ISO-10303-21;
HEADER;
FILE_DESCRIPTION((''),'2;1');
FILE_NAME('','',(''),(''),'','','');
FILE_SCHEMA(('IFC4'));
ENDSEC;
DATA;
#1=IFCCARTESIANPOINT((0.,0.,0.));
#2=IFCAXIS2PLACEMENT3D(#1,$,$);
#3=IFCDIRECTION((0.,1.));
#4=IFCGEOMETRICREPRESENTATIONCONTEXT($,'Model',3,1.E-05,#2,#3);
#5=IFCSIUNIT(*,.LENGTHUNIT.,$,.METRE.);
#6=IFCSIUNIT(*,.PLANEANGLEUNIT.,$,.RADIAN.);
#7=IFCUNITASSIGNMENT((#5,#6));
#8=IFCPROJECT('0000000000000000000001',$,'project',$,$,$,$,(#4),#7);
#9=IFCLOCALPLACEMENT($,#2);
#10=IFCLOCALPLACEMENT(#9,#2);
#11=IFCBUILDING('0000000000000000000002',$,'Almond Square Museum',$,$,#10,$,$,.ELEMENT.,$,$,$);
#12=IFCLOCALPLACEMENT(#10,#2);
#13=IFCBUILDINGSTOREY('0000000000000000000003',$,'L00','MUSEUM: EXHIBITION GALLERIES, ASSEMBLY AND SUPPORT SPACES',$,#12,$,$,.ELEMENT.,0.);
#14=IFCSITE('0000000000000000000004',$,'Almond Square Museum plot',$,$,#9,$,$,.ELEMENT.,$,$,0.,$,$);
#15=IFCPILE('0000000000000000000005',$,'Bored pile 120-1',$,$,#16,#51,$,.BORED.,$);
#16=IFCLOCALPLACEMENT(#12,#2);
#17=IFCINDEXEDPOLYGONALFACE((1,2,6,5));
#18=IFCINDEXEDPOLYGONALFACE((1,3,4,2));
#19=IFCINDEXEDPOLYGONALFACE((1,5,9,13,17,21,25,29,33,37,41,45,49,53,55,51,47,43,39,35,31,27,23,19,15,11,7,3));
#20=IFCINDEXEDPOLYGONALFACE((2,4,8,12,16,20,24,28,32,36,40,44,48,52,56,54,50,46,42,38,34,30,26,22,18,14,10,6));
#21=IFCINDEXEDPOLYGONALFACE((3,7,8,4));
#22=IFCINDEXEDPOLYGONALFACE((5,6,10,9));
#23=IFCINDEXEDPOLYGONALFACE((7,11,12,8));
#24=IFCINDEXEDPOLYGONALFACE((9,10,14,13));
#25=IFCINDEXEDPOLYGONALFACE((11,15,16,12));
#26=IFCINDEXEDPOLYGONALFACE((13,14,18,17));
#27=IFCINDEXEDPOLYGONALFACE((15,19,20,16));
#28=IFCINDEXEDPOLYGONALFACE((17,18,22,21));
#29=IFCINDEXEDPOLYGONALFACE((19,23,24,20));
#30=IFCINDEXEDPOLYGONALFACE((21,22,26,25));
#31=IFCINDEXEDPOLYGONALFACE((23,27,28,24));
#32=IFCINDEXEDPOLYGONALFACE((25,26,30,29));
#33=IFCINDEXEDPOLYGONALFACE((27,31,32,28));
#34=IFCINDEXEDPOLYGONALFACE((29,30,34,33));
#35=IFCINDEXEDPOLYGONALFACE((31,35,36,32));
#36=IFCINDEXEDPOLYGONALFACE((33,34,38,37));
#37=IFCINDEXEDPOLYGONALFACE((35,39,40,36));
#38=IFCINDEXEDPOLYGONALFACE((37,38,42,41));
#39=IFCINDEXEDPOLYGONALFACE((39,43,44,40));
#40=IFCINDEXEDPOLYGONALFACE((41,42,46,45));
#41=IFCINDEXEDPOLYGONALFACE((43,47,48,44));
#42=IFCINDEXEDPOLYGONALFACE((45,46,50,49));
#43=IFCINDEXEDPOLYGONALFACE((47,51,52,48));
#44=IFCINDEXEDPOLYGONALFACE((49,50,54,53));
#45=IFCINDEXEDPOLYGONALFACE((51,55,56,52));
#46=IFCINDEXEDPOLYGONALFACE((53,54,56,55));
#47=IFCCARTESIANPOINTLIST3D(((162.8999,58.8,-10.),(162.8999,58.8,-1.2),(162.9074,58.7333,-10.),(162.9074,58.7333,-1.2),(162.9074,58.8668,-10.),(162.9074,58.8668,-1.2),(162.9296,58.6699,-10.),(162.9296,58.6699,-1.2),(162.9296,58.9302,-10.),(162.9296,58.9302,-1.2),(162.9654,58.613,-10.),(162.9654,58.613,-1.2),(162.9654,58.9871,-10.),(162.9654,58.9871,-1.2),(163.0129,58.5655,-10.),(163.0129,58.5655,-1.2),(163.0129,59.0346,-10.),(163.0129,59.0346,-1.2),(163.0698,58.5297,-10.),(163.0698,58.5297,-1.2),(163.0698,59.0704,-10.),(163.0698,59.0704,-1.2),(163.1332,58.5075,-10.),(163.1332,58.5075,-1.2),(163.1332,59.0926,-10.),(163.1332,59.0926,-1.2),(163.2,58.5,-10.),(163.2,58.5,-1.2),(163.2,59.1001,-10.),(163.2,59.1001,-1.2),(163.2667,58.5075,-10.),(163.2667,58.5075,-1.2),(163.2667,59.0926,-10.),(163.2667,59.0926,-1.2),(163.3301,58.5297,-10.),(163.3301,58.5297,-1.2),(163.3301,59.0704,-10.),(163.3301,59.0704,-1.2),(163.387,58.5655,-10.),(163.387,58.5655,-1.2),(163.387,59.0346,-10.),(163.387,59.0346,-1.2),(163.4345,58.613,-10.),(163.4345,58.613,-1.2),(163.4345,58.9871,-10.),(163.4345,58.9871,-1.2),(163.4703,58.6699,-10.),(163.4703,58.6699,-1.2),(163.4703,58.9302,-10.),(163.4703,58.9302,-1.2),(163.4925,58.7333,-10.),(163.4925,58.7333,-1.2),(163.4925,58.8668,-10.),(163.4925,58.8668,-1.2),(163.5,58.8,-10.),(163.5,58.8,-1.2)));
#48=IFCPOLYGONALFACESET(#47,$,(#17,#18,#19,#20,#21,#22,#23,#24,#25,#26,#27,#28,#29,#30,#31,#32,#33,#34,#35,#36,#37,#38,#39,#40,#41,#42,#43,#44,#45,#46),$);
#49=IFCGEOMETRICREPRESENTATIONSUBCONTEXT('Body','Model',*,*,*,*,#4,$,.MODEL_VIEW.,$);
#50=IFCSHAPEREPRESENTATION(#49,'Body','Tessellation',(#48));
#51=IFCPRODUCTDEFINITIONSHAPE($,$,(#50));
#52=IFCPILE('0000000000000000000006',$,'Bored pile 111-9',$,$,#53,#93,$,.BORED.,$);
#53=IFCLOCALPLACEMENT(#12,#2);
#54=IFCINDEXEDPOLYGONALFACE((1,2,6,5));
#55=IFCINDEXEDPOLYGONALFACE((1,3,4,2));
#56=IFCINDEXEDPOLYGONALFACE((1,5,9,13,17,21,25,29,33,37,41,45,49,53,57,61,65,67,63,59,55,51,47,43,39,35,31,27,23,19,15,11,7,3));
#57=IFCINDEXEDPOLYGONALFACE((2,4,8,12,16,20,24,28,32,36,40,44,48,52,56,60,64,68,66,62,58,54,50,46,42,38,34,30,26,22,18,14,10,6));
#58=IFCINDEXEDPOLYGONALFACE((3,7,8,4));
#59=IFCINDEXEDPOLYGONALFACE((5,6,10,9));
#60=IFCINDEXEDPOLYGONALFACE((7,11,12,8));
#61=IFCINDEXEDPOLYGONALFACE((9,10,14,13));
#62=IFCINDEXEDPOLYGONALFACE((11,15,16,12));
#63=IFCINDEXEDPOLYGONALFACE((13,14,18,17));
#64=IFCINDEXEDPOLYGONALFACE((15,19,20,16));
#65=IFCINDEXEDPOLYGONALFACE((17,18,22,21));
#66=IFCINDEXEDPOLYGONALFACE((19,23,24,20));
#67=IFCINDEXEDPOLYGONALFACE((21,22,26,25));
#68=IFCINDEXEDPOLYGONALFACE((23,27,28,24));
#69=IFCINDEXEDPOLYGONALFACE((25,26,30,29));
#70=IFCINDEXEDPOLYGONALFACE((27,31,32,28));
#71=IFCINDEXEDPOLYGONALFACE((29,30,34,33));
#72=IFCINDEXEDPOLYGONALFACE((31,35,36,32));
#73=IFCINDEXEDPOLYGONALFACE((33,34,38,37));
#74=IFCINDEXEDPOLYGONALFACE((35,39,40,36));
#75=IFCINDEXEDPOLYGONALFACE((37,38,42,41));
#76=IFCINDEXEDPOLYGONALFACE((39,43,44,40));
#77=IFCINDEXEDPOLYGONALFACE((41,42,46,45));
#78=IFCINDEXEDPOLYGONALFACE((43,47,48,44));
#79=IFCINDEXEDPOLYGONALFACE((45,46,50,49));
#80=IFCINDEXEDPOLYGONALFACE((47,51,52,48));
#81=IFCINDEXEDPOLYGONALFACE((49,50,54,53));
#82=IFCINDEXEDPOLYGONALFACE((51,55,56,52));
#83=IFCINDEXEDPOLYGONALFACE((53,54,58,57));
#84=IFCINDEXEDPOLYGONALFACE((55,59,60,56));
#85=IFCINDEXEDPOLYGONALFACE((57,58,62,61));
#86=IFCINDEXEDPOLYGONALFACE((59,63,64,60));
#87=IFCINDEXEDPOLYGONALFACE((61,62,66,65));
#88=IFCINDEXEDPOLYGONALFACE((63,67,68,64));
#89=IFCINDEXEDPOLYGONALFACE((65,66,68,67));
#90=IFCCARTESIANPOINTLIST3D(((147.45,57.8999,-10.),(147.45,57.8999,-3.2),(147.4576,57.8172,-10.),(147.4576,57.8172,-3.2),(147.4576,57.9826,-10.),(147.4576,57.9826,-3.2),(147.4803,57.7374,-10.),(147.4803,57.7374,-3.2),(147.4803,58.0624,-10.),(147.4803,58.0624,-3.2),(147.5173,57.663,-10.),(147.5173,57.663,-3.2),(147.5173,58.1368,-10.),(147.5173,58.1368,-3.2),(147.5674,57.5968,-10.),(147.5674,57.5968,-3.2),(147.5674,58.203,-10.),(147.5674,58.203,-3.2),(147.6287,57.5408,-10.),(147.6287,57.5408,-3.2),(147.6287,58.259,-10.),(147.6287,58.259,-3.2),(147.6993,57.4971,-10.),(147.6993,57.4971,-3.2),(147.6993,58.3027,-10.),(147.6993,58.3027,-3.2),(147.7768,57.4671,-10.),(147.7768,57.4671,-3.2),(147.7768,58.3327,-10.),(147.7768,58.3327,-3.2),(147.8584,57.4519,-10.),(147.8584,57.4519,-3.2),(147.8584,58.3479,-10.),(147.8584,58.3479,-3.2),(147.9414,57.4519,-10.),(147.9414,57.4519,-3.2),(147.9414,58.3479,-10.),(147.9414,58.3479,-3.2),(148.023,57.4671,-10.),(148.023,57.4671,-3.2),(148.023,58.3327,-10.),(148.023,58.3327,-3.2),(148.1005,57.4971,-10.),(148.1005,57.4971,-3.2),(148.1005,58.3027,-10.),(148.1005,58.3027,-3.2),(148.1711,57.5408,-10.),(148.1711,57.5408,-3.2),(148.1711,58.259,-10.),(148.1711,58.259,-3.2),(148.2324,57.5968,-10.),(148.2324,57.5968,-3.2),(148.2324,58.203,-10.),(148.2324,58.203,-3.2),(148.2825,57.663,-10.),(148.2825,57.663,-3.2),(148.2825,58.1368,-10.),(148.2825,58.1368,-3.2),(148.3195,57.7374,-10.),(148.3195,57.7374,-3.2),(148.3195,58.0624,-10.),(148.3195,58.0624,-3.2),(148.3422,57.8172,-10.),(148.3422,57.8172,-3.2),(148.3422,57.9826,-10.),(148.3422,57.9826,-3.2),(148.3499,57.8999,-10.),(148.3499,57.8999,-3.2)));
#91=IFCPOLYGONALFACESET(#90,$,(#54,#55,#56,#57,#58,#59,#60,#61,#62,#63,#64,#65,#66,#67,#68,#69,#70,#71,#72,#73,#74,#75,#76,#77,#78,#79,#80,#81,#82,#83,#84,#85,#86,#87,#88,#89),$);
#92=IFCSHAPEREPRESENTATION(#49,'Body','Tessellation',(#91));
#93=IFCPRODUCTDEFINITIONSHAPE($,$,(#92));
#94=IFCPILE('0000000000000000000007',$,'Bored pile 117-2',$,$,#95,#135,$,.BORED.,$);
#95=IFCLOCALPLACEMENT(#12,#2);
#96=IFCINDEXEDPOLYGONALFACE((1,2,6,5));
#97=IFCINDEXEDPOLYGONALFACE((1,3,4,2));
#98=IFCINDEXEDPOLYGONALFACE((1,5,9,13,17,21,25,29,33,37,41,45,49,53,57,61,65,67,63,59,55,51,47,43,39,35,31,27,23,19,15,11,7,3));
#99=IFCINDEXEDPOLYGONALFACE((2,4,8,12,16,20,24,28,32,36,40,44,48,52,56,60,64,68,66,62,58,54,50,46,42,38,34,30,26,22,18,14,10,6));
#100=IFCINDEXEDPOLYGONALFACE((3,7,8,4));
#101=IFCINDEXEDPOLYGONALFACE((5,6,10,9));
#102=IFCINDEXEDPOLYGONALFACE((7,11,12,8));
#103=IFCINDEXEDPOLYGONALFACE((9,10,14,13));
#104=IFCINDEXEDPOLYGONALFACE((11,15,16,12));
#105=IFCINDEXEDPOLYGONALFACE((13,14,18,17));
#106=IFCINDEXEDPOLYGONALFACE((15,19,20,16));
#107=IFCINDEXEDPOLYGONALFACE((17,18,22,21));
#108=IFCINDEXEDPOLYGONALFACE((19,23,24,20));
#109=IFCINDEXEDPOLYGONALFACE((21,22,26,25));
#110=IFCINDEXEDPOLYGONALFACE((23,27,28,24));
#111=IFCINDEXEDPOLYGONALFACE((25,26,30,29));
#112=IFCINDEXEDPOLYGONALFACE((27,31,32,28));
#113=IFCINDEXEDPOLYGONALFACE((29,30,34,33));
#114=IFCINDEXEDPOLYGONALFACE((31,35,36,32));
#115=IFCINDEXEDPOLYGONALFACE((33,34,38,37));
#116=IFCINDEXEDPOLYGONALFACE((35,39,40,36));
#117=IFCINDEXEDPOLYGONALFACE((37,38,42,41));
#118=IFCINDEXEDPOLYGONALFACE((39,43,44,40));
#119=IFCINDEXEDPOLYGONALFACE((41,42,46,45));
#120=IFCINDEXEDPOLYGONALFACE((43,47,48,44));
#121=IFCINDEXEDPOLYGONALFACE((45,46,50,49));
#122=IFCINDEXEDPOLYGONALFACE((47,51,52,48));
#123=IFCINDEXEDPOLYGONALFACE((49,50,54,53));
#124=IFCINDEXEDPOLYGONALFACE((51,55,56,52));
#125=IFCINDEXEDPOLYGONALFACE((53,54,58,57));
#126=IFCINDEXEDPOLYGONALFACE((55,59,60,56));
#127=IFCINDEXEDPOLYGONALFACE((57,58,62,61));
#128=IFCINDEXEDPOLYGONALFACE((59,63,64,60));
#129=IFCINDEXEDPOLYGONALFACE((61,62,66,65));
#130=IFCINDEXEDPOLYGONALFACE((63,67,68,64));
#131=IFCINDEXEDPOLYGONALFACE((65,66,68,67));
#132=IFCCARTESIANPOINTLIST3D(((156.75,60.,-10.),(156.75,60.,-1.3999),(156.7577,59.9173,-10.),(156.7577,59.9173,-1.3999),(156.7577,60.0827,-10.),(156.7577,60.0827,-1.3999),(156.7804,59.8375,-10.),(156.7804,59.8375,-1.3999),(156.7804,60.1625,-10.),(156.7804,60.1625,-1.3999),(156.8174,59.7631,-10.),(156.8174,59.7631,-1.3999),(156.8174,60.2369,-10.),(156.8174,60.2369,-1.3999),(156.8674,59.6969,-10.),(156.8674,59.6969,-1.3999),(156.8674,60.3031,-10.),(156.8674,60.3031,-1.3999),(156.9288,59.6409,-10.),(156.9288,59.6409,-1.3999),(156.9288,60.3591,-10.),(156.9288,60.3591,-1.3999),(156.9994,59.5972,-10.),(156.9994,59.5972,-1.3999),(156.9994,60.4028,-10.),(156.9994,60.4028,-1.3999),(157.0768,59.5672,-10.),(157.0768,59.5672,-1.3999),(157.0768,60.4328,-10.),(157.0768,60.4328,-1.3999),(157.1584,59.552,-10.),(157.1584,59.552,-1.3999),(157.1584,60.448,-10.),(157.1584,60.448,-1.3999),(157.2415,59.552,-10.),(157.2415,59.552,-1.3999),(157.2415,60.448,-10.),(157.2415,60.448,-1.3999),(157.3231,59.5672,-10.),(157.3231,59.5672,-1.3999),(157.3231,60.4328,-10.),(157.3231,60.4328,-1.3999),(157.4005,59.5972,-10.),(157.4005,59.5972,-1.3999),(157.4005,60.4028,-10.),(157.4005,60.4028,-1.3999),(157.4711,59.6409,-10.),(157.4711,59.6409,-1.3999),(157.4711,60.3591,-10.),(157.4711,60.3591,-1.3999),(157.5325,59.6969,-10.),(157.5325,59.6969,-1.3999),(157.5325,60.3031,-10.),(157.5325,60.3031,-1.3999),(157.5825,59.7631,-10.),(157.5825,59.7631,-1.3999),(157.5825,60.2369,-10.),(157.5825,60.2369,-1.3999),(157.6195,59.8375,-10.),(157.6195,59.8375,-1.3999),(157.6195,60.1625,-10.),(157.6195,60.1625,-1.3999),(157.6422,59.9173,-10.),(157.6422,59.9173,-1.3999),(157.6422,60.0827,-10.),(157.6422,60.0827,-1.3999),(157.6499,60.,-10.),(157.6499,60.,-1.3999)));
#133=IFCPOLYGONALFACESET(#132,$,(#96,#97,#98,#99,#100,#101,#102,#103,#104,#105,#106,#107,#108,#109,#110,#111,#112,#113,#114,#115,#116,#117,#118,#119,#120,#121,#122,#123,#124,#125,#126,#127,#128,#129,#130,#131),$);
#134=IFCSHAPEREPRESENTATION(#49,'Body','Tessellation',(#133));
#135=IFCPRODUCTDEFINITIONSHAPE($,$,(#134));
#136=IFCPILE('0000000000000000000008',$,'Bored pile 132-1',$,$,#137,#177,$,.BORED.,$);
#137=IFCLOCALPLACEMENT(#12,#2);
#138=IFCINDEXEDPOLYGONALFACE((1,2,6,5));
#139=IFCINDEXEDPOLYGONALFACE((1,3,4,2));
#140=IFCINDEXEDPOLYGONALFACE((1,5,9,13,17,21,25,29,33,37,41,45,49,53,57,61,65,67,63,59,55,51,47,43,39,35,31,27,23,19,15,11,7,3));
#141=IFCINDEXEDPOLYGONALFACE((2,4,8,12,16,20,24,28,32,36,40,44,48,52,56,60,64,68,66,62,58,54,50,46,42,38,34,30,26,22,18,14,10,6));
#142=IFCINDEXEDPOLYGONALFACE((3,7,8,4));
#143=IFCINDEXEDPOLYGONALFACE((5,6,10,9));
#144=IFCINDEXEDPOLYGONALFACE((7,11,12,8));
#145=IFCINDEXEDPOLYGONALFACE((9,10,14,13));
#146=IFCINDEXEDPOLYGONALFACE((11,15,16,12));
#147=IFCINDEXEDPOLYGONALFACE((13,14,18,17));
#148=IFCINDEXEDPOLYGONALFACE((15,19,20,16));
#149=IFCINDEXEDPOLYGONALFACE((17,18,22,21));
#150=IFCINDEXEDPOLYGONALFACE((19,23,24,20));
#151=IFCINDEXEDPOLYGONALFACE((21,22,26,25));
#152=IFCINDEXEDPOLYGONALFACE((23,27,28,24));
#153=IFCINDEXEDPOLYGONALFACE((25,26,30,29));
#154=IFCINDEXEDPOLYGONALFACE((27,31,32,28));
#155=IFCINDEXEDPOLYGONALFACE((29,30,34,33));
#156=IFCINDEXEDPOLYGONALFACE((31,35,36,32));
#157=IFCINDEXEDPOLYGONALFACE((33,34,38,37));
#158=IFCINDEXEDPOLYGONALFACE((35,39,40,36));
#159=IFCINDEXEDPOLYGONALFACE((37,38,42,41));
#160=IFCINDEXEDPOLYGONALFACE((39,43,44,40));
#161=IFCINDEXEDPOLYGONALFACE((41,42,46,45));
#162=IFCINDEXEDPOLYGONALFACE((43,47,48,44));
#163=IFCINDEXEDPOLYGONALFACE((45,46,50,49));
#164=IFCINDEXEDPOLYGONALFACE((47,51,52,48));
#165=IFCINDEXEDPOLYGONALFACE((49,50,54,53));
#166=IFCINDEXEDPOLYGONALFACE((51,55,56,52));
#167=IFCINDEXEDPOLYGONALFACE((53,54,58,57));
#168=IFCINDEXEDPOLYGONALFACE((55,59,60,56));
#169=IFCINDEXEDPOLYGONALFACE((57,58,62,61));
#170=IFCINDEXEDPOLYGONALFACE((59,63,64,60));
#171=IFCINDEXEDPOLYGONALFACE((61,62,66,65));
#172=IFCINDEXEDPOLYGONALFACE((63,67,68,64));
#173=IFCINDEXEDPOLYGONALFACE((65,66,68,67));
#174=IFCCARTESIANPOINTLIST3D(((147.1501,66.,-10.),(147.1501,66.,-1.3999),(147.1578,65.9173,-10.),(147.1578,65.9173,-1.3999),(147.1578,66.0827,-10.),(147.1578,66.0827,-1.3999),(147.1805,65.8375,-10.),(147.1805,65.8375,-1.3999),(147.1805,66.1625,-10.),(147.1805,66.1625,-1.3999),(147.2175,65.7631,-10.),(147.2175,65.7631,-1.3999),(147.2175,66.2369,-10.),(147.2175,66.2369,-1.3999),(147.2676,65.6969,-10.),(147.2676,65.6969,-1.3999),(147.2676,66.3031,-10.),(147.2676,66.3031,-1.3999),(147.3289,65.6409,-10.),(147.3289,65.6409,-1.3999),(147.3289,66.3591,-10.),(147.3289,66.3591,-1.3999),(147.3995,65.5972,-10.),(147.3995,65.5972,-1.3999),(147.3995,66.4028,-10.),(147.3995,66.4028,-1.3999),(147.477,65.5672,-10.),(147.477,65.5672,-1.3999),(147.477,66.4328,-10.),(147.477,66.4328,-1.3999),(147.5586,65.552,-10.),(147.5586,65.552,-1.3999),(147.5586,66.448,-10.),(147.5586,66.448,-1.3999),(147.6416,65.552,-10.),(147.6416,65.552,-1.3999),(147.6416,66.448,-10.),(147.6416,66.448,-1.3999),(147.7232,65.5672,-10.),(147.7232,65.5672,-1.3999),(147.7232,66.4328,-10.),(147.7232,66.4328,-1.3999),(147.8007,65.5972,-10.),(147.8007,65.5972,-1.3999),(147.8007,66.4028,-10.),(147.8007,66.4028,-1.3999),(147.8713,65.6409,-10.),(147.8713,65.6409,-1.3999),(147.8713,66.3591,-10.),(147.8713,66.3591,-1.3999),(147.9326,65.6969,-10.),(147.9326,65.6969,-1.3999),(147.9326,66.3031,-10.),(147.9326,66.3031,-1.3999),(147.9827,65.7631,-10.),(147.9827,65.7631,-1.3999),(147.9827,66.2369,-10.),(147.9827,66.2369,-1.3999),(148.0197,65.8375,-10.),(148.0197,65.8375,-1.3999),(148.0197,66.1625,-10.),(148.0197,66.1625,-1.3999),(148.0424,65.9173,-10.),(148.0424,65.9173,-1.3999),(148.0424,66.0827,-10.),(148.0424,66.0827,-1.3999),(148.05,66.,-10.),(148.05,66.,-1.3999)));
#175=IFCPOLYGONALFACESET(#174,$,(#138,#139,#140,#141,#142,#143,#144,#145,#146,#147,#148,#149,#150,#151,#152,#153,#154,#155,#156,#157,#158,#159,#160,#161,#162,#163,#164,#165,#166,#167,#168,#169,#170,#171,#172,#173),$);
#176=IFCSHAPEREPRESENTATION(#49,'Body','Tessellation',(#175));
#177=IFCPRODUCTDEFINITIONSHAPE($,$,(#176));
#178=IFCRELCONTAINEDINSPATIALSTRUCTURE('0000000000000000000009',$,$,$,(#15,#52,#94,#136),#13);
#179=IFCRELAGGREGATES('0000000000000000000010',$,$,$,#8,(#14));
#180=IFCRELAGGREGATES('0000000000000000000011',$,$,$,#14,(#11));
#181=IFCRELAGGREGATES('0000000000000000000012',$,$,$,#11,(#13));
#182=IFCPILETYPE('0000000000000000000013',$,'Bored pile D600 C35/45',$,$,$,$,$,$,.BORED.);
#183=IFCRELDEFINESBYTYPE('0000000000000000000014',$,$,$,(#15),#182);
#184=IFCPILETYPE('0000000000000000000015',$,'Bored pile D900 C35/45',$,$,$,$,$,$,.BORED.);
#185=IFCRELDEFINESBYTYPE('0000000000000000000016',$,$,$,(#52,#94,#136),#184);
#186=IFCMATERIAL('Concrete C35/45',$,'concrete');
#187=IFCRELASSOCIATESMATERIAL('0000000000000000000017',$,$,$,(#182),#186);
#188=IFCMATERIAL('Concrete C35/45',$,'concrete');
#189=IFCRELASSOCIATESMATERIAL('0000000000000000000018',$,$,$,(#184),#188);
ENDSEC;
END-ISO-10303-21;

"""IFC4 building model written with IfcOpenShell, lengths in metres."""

from ifc_helpers import new_model, si_unit, direction, frame, origin, origin_2d, place, context, subcontext, project, spatial, circle, extrude, material, material_profile, profile_set, type_object, element, save


model = new_model("IFC4")

# Units and contexts
model_context = context("Model", 3, precision=1e-05, world=origin(), true_north=direction((0.0, 1.0)))
body_context = subcontext(model_context, "Body", "Model", "MODEL_VIEW")
ifc_project = project(units=[si_unit("LENGTHUNIT", "METRE"), si_unit("PLANEANGLEUNIT", "RADIAN")], contexts=[model_context])

# Site, building, storey
site_placement = place(None, origin())
site = spatial("IfcSite", under=ifc_project, at=site_placement, Name="Almond Square Museum plot", CompositionType="ELEMENT", RefElevation=0.0)
building_placement = place(site_placement, origin())
building = spatial("IfcBuilding", under=site, at=building_placement, Name="Almond Square Museum", CompositionType="ELEMENT")
storey_placement = place(building_placement, origin())
storey = spatial("IfcBuildingStorey", under=building, at=storey_placement, Name="L00", Description="MUSEUM: EXHIBITION GALLERIES, ASSEMBLY AND SUPPORT SPACES", CompositionType="ELEMENT", Elevation=0.0)

# Piles
ifc_material_1 = material(Name="Concrete C35/45", Category="concrete")
ifc_material_profile_1 = material_profile(ifc_material_1, circle(Radius=0.3, at=origin_2d()))
ifc_profile_set_1 = profile_set([ifc_material_profile_1], Name="Concrete C35/45")
pile_type_1 = type_object("IfcPileType", Name="Bored pile D600 C35/45", PredefinedType="BORED", material=ifc_profile_set_1)
pile_1_placement = place(storey_placement, frame((163.2, 58.8, -1.2), z_axis=(0.0, 0.0, -1.0), x_axis=(1.0, 0.0, 0.0)))
element("IfcPile", 1, at=pile_1_placement, inside=storey, type_object=pile_type_1, Name="Bored pile 120-1", PredefinedType="BORED", context=body_context, shape_type="SweptSolid", body=[
    extrude(circle(Radius=0.3, at=origin_2d()), origin(), (0.0, 0.0, 1.0), 8.8),
])
ifc_material_2 = material(Name="Concrete C35/45", Category="concrete")
ifc_material_profile_2 = material_profile(ifc_material_2, circle(Radius=0.45, at=origin_2d()))
ifc_profile_set_2 = profile_set([ifc_material_profile_2], Name="Concrete C35/45")
pile_type_2 = type_object("IfcPileType", Name="Bored pile D900 C35/45", PredefinedType="BORED", material=ifc_profile_set_2)
pile_2_placement = place(storey_placement, frame((147.8999, 57.8999, -3.2), z_axis=(0.0, 0.0, -1.0), x_axis=(1.0, 0.0, 0.0)))
element("IfcPile", 2, at=pile_2_placement, inside=storey, type_object=pile_type_2, Name="Bored pile 111-9", PredefinedType="BORED", context=body_context, shape_type="SweptSolid", body=[
    extrude(circle(Radius=0.45, at=origin_2d()), origin(), (0.0, 0.0, 1.0), 6.8),
])
for number, where, z_axis, x_axis, name in (
    (3, (157.2, 60.0, -1.3999), (0.0, 0.0, -1.0), (1.0, 0.0, 0.0), "Bored pile 117-2"),
    (4, (147.6001, 66.0, -1.3999), (0.0, 0.0, -1.0), (1.0, 0.0, 0.0), "Bored pile 132-1"),
):
    element("IfcPile", number, at=place(storey_placement, frame(where, z_axis=z_axis, x_axis=x_axis)), inside=storey, type_object=pile_type_2, Name=name, PredefinedType="BORED", context=body_context, shape_type="SweptSolid", body=[
        extrude(circle(Radius=0.45, at=origin_2d()), origin(), (0.0, 0.0, 1.0), 8.6001),
    ])

save(model, "model.ifc")
